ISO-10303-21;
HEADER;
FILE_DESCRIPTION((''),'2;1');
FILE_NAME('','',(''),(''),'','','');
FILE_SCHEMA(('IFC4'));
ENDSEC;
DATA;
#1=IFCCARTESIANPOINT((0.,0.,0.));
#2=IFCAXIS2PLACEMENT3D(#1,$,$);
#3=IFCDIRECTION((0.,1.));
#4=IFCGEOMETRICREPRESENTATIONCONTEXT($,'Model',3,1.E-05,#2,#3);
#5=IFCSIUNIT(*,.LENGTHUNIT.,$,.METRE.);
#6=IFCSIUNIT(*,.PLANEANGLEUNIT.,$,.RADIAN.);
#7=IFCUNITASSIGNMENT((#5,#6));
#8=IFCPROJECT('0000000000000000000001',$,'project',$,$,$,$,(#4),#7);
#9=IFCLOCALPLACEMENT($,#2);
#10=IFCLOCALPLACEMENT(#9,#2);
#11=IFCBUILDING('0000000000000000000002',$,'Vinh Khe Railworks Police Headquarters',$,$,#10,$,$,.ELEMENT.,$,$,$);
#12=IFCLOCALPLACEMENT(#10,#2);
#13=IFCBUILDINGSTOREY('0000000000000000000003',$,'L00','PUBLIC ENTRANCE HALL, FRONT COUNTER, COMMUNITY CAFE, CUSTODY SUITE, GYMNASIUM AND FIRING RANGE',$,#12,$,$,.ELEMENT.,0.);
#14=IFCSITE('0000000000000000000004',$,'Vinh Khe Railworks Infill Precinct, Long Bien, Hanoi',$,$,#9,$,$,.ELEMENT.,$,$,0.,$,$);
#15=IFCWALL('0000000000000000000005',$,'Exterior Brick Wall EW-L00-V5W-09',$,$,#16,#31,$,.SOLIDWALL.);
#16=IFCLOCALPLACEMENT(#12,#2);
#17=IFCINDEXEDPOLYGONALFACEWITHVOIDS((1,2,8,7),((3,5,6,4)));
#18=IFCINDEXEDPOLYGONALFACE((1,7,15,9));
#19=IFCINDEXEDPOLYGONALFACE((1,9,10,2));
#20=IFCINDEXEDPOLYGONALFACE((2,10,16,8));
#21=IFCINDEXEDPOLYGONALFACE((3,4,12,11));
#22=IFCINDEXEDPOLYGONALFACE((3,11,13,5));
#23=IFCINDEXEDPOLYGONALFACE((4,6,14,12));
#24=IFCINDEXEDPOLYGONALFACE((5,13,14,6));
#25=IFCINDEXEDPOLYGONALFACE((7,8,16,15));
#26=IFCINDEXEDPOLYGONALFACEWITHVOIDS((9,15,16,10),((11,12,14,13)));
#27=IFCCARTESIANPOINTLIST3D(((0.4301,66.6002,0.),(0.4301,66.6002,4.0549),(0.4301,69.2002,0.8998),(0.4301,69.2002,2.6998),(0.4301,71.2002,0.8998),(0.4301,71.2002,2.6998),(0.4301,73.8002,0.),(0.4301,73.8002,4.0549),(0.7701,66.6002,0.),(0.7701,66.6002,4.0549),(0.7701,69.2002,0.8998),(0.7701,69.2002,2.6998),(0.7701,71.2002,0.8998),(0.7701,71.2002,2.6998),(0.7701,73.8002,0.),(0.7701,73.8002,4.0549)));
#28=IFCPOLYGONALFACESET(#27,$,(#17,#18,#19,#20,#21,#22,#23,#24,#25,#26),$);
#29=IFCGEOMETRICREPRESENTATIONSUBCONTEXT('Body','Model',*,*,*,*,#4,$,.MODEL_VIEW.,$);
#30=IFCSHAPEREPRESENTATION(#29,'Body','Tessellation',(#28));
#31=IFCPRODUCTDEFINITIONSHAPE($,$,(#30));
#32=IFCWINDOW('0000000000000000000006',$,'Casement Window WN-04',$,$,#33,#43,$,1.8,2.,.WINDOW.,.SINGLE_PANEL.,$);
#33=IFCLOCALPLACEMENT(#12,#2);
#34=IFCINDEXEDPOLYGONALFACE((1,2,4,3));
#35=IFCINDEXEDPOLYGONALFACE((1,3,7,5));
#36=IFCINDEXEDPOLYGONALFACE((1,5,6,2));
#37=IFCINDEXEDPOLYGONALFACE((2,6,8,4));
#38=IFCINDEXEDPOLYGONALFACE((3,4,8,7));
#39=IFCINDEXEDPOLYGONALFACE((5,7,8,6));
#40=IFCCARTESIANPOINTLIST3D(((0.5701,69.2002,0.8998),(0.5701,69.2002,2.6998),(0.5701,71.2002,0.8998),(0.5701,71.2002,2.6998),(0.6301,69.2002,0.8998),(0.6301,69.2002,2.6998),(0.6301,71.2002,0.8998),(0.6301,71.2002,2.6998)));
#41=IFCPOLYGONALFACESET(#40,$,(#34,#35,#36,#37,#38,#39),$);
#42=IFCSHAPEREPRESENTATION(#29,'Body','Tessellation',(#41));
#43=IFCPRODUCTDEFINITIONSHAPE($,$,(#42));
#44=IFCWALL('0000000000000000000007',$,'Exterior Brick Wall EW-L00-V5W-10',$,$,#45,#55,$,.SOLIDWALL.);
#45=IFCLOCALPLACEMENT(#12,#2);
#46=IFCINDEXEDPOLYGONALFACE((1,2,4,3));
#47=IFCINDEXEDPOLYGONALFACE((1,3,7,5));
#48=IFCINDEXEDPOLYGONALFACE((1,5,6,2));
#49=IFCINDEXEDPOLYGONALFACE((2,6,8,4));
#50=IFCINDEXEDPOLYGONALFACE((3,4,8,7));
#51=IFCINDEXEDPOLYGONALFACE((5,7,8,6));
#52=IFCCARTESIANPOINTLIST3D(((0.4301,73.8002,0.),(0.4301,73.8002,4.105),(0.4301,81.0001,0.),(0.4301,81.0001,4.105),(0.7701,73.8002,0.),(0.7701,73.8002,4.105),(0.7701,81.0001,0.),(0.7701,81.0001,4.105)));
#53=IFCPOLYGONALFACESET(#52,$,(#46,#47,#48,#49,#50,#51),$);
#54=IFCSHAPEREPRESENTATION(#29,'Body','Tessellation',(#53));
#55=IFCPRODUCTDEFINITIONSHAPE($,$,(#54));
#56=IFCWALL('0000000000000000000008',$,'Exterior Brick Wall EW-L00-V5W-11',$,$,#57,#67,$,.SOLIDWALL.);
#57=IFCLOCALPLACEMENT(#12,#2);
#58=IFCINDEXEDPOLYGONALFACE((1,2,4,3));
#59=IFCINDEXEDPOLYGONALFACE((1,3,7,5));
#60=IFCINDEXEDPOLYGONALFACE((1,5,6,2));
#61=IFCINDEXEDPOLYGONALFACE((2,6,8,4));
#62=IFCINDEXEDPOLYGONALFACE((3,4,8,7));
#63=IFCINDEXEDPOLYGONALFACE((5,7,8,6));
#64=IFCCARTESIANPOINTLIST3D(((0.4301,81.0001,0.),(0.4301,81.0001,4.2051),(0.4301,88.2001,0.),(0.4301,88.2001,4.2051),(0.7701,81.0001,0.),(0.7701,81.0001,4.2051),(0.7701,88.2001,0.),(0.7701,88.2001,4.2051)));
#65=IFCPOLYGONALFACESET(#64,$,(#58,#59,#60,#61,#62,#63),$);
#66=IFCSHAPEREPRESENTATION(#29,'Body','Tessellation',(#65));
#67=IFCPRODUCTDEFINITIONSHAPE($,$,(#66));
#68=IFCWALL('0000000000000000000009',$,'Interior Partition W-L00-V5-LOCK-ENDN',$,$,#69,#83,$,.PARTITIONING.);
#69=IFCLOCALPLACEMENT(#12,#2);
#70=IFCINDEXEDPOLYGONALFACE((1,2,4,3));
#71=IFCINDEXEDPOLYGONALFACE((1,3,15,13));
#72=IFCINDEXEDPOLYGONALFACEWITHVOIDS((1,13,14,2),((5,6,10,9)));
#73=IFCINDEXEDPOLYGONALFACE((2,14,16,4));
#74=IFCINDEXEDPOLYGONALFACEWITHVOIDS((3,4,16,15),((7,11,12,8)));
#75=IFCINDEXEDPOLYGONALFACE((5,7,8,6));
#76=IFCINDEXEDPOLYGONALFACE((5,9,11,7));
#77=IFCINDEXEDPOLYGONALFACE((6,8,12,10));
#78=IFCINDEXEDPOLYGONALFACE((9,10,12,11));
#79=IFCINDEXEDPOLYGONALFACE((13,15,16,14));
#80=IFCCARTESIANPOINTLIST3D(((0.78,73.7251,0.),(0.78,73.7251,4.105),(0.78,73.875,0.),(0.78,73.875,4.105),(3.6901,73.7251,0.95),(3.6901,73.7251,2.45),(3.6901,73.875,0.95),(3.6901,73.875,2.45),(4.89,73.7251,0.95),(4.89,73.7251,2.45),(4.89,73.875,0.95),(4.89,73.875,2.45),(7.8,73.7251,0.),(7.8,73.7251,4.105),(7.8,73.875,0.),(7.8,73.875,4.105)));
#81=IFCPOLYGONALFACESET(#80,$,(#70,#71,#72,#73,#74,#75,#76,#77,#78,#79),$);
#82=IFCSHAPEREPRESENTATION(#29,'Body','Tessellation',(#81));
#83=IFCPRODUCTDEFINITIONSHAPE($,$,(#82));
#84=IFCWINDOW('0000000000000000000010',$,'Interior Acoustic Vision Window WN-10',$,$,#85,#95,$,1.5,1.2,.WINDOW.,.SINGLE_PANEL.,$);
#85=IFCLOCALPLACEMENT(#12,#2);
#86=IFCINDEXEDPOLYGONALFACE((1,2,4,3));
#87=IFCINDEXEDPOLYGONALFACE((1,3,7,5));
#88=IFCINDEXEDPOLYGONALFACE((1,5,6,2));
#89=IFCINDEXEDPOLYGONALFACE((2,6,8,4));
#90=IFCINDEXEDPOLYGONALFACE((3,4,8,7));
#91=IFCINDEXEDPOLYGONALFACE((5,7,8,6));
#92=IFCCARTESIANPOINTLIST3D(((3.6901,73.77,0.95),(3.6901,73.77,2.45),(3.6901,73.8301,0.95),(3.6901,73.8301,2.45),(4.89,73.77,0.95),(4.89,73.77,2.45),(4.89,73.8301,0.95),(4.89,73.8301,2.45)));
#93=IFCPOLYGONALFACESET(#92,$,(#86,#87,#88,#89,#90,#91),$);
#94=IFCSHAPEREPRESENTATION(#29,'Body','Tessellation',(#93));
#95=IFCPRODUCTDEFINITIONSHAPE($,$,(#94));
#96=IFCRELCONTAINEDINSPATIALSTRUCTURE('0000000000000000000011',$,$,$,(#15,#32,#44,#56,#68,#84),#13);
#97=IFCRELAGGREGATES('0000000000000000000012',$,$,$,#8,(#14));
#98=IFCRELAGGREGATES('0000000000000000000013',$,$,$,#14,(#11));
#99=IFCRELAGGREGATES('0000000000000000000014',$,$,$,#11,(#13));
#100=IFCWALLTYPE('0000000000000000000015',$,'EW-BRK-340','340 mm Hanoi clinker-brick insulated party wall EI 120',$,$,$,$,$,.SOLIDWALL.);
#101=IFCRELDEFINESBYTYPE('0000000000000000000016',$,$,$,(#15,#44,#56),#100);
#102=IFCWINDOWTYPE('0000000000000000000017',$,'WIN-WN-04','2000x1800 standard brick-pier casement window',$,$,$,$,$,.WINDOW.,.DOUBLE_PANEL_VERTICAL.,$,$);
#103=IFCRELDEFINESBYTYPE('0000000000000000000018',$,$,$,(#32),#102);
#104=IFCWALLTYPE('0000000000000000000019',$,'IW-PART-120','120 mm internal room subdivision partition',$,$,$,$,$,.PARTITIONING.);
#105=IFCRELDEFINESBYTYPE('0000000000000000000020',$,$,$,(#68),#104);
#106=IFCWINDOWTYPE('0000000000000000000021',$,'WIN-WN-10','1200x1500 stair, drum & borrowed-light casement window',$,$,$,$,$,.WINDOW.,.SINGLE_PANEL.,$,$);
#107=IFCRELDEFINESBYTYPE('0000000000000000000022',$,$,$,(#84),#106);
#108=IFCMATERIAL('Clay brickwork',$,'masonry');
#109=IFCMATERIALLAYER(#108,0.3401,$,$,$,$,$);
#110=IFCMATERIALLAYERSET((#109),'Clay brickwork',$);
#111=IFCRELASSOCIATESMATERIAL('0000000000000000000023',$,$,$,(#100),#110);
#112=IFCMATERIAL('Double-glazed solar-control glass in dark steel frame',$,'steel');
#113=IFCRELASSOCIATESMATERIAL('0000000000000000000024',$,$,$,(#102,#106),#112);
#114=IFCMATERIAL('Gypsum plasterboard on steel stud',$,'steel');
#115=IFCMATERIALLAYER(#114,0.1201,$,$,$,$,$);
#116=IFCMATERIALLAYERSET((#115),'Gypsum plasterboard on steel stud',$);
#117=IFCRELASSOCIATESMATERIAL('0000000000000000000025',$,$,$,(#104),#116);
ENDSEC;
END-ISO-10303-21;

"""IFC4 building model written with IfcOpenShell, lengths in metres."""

from ifc_helpers import new_model, si_unit, direction, frame, frame_2d, origin, place, context, subcontext, project, spatial, rectangle, extrude, material, layer, layer_set, type_object, element, fill, save


model = new_model("IFC4")

# Units and contexts
model_context = context("Model", 3, precision=1e-05, world=origin(), true_north=direction((0.0, 1.0)))
body_context = subcontext(model_context, "Body", "Model", "MODEL_VIEW")
ifc_project = project(units=[si_unit("LENGTHUNIT", "METRE"), si_unit("PLANEANGLEUNIT", "RADIAN")], contexts=[model_context])

# Site, building, storey
site_placement = place(None, origin())
site = spatial("IfcSite", under=ifc_project, at=site_placement, Name="Vinh Khe Railworks Infill Precinct, Long Bien, Hanoi", CompositionType="ELEMENT", RefElevation=0.0)
building_placement = place(site_placement, origin())
building = spatial("IfcBuilding", under=site, at=building_placement, Name="Vinh Khe Railworks Police Headquarters", CompositionType="ELEMENT")
storey_placement = place(building_placement, origin())
storey = spatial("IfcBuildingStorey", under=building, at=storey_placement, Name="L00", Description="PUBLIC ENTRANCE HALL, FRONT COUNTER, COMMUNITY CAFE, CUSTODY SUITE, GYMNASIUM AND FIRING RANGE", CompositionType="ELEMENT", Elevation=0.0)

# Wall, opening, window
ifc_material_1 = material(Name="Clay brickwork", Category="masonry")
ifc_layer_1 = layer(ifc_material_1, 0.3401)
ifc_layer_set_1 = layer_set([ifc_layer_1], Name="Clay brickwork")
wall_type_1 = type_object("IfcWallType", Name="EW-BRK-340", Description="340 mm Hanoi clinker-brick insulated party wall EI 120", PredefinedType="SOLIDWALL", material=ifc_layer_set_1)
wall_1_placement = place(storey_placement, frame((0.6001, 66.6001, 0.0), z_axis=(0.0, 0.0, 1.0), x_axis=(0.0, 1.0, 0.0)))
wall_1 = element("IfcWall", 1, at=wall_1_placement, inside=storey, type_object=wall_type_1, Name="Exterior Brick Wall EW-L00-V5W-09", PredefinedType="SOLIDWALL", context=body_context, shape_type="SweptSolid", body=[
    extrude(rectangle(XDim=7.2, YDim=0.3401, at=frame_2d((3.6001, 0.0))), origin(), (0.0, 0.0, 1.0), 4.0549),
])
opening_1_placement = place(wall_1_placement, frame((2.6001, 0.0, 0.8999)))
opening_1 = element("IfcOpeningElement", 2, at=opening_1_placement, cuts=wall_1, PredefinedType="OPENING", context=body_context, shape_type="SweptSolid", body=[
    extrude(rectangle(XDim=2.0, YDim=1.8, at=frame_2d((1.0, 0.8999))), frame((0.0, 0.1851, 0.0), z_axis=(0.0, -1.0, 0.0), x_axis=(1.0, 0.0, 0.0)), (0.0, 0.0, 1.0), 0.3699),
])
ifc_material_2 = material(Name="Double-glazed solar-control glass in dark steel frame", Category="steel")
window_type_1 = type_object("IfcWindowType", Name="WIN-WN-04", Description="2000x1800 standard brick-pier casement window", PartitioningType="DOUBLE_PANEL_VERTICAL", PredefinedType="WINDOW", material=ifc_material_2)
window_1_placement = place(opening_1_placement, origin())
window_1 = element("IfcWindow", 3, at=window_1_placement, inside=storey, type_object=window_type_1, Name="Casement Window WN-04", OverallHeight=1.8, OverallWidth=2.0, PartitioningType="SINGLE_PANEL", PredefinedType="WINDOW", context=body_context, shape_type="SweptSolid", body=[
    extrude(rectangle(XDim=2.0, YDim=1.8, at=frame_2d((1.0, 0.8999))), frame((0.0, 0.03, 0.0), z_axis=(0.0, -1.0, 0.0), x_axis=(1.0, 0.0, 0.0)), (0.0, 0.0, 1.0), 0.0601),
])
fill(opening_1, window_1)

# Walls
wall_2_placement = place(storey_placement, frame((0.6001, 73.8, 0.0), z_axis=(0.0, 0.0, 1.0), x_axis=(0.0, 1.0, 0.0)))
element("IfcWall", 4, at=wall_2_placement, inside=storey, type_object=wall_type_1, Name="Exterior Brick Wall EW-L00-V5W-10", PredefinedType="SOLIDWALL", context=body_context, shape_type="SweptSolid", body=[
    extrude(rectangle(XDim=7.2, YDim=0.3401, at=frame_2d((3.6001, 0.0))), origin(), (0.0, 0.0, 1.0), 4.105),
])
wall_3_placement = place(storey_placement, frame((0.6001, 81.0, 0.0), z_axis=(0.0, 0.0, 1.0), x_axis=(0.0, 1.0, 0.0)))
element("IfcWall", 5, at=wall_3_placement, inside=storey, type_object=wall_type_1, Name="Exterior Brick Wall EW-L00-V5W-11", PredefinedType="SOLIDWALL", context=body_context, shape_type="SweptSolid", body=[
    extrude(rectangle(XDim=7.2, YDim=0.3401, at=frame_2d((3.6001, 0.0))), origin(), (0.0, 0.0, 1.0), 4.2051),
])

# Wall, opening, window
ifc_material_3 = material(Name="Gypsum plasterboard on steel stud", Category="steel")
ifc_layer_2 = layer(ifc_material_3, 0.1201)
ifc_layer_set_2 = layer_set([ifc_layer_2], Name="Gypsum plasterboard on steel stud")
wall_type_2 = type_object("IfcWallType", Name="IW-PART-120", Description="120 mm internal room subdivision partition", PredefinedType="PARTITIONING", material=ifc_layer_set_2)
wall_4_placement = place(storey_placement, frame((0.78, 73.8, 0.0), z_axis=(0.0, 0.0, 1.0), x_axis=(1.0, 0.0, 0.0)))
wall_4 = element("IfcWall", 6, at=wall_4_placement, inside=storey, type_object=wall_type_2, Name="Interior Partition W-L00-V5-LOCK-ENDN", PredefinedType="PARTITIONING", context=body_context, shape_type="SweptSolid", body=[
    extrude(rectangle(XDim=7.02, YDim=0.1499, at=frame_2d((3.51, 0.0))), origin(), (0.0, 0.0, 1.0), 4.105),
])
opening_2_placement = place(wall_4_placement, frame((2.9099, 0.0, 0.95)))
opening_2 = element("IfcOpeningElement", 7, at=opening_2_placement, cuts=wall_4, PredefinedType="OPENING", context=body_context, shape_type="SweptSolid", body=[
    extrude(rectangle(XDim=1.2, YDim=1.5, at=frame_2d((0.6001, 0.75))), frame((0.0, 0.0898, 0.0), z_axis=(0.0, -1.0, 0.0), x_axis=(1.0, 0.0, 0.0)), (0.0, 0.0, 1.0), 0.1797),
])
window_type_2 = type_object("IfcWindowType", Name="WIN-WN-10", Description="1200x1500 stair, drum & borrowed-light casement window", PartitioningType="SINGLE_PANEL", PredefinedType="WINDOW", material=ifc_material_2)
window_2_placement = place(opening_2_placement, origin())
window_2 = element("IfcWindow", 8, at=window_2_placement, inside=storey, type_object=window_type_2, Name="Interior Acoustic Vision Window WN-10", OverallHeight=1.5, OverallWidth=1.2, PartitioningType="SINGLE_PANEL", PredefinedType="WINDOW", context=body_context, shape_type="SweptSolid", body=[
    extrude(rectangle(XDim=1.2, YDim=1.5, at=frame_2d((0.6001, 0.75))), frame((0.0, 0.03, 0.0), z_axis=(0.0, -1.0, 0.0), x_axis=(1.0, 0.0, 0.0)), (0.0, 0.0, 1.0), 0.0601),
])
fill(opening_2, window_2)

save(model, "model.ifc")
